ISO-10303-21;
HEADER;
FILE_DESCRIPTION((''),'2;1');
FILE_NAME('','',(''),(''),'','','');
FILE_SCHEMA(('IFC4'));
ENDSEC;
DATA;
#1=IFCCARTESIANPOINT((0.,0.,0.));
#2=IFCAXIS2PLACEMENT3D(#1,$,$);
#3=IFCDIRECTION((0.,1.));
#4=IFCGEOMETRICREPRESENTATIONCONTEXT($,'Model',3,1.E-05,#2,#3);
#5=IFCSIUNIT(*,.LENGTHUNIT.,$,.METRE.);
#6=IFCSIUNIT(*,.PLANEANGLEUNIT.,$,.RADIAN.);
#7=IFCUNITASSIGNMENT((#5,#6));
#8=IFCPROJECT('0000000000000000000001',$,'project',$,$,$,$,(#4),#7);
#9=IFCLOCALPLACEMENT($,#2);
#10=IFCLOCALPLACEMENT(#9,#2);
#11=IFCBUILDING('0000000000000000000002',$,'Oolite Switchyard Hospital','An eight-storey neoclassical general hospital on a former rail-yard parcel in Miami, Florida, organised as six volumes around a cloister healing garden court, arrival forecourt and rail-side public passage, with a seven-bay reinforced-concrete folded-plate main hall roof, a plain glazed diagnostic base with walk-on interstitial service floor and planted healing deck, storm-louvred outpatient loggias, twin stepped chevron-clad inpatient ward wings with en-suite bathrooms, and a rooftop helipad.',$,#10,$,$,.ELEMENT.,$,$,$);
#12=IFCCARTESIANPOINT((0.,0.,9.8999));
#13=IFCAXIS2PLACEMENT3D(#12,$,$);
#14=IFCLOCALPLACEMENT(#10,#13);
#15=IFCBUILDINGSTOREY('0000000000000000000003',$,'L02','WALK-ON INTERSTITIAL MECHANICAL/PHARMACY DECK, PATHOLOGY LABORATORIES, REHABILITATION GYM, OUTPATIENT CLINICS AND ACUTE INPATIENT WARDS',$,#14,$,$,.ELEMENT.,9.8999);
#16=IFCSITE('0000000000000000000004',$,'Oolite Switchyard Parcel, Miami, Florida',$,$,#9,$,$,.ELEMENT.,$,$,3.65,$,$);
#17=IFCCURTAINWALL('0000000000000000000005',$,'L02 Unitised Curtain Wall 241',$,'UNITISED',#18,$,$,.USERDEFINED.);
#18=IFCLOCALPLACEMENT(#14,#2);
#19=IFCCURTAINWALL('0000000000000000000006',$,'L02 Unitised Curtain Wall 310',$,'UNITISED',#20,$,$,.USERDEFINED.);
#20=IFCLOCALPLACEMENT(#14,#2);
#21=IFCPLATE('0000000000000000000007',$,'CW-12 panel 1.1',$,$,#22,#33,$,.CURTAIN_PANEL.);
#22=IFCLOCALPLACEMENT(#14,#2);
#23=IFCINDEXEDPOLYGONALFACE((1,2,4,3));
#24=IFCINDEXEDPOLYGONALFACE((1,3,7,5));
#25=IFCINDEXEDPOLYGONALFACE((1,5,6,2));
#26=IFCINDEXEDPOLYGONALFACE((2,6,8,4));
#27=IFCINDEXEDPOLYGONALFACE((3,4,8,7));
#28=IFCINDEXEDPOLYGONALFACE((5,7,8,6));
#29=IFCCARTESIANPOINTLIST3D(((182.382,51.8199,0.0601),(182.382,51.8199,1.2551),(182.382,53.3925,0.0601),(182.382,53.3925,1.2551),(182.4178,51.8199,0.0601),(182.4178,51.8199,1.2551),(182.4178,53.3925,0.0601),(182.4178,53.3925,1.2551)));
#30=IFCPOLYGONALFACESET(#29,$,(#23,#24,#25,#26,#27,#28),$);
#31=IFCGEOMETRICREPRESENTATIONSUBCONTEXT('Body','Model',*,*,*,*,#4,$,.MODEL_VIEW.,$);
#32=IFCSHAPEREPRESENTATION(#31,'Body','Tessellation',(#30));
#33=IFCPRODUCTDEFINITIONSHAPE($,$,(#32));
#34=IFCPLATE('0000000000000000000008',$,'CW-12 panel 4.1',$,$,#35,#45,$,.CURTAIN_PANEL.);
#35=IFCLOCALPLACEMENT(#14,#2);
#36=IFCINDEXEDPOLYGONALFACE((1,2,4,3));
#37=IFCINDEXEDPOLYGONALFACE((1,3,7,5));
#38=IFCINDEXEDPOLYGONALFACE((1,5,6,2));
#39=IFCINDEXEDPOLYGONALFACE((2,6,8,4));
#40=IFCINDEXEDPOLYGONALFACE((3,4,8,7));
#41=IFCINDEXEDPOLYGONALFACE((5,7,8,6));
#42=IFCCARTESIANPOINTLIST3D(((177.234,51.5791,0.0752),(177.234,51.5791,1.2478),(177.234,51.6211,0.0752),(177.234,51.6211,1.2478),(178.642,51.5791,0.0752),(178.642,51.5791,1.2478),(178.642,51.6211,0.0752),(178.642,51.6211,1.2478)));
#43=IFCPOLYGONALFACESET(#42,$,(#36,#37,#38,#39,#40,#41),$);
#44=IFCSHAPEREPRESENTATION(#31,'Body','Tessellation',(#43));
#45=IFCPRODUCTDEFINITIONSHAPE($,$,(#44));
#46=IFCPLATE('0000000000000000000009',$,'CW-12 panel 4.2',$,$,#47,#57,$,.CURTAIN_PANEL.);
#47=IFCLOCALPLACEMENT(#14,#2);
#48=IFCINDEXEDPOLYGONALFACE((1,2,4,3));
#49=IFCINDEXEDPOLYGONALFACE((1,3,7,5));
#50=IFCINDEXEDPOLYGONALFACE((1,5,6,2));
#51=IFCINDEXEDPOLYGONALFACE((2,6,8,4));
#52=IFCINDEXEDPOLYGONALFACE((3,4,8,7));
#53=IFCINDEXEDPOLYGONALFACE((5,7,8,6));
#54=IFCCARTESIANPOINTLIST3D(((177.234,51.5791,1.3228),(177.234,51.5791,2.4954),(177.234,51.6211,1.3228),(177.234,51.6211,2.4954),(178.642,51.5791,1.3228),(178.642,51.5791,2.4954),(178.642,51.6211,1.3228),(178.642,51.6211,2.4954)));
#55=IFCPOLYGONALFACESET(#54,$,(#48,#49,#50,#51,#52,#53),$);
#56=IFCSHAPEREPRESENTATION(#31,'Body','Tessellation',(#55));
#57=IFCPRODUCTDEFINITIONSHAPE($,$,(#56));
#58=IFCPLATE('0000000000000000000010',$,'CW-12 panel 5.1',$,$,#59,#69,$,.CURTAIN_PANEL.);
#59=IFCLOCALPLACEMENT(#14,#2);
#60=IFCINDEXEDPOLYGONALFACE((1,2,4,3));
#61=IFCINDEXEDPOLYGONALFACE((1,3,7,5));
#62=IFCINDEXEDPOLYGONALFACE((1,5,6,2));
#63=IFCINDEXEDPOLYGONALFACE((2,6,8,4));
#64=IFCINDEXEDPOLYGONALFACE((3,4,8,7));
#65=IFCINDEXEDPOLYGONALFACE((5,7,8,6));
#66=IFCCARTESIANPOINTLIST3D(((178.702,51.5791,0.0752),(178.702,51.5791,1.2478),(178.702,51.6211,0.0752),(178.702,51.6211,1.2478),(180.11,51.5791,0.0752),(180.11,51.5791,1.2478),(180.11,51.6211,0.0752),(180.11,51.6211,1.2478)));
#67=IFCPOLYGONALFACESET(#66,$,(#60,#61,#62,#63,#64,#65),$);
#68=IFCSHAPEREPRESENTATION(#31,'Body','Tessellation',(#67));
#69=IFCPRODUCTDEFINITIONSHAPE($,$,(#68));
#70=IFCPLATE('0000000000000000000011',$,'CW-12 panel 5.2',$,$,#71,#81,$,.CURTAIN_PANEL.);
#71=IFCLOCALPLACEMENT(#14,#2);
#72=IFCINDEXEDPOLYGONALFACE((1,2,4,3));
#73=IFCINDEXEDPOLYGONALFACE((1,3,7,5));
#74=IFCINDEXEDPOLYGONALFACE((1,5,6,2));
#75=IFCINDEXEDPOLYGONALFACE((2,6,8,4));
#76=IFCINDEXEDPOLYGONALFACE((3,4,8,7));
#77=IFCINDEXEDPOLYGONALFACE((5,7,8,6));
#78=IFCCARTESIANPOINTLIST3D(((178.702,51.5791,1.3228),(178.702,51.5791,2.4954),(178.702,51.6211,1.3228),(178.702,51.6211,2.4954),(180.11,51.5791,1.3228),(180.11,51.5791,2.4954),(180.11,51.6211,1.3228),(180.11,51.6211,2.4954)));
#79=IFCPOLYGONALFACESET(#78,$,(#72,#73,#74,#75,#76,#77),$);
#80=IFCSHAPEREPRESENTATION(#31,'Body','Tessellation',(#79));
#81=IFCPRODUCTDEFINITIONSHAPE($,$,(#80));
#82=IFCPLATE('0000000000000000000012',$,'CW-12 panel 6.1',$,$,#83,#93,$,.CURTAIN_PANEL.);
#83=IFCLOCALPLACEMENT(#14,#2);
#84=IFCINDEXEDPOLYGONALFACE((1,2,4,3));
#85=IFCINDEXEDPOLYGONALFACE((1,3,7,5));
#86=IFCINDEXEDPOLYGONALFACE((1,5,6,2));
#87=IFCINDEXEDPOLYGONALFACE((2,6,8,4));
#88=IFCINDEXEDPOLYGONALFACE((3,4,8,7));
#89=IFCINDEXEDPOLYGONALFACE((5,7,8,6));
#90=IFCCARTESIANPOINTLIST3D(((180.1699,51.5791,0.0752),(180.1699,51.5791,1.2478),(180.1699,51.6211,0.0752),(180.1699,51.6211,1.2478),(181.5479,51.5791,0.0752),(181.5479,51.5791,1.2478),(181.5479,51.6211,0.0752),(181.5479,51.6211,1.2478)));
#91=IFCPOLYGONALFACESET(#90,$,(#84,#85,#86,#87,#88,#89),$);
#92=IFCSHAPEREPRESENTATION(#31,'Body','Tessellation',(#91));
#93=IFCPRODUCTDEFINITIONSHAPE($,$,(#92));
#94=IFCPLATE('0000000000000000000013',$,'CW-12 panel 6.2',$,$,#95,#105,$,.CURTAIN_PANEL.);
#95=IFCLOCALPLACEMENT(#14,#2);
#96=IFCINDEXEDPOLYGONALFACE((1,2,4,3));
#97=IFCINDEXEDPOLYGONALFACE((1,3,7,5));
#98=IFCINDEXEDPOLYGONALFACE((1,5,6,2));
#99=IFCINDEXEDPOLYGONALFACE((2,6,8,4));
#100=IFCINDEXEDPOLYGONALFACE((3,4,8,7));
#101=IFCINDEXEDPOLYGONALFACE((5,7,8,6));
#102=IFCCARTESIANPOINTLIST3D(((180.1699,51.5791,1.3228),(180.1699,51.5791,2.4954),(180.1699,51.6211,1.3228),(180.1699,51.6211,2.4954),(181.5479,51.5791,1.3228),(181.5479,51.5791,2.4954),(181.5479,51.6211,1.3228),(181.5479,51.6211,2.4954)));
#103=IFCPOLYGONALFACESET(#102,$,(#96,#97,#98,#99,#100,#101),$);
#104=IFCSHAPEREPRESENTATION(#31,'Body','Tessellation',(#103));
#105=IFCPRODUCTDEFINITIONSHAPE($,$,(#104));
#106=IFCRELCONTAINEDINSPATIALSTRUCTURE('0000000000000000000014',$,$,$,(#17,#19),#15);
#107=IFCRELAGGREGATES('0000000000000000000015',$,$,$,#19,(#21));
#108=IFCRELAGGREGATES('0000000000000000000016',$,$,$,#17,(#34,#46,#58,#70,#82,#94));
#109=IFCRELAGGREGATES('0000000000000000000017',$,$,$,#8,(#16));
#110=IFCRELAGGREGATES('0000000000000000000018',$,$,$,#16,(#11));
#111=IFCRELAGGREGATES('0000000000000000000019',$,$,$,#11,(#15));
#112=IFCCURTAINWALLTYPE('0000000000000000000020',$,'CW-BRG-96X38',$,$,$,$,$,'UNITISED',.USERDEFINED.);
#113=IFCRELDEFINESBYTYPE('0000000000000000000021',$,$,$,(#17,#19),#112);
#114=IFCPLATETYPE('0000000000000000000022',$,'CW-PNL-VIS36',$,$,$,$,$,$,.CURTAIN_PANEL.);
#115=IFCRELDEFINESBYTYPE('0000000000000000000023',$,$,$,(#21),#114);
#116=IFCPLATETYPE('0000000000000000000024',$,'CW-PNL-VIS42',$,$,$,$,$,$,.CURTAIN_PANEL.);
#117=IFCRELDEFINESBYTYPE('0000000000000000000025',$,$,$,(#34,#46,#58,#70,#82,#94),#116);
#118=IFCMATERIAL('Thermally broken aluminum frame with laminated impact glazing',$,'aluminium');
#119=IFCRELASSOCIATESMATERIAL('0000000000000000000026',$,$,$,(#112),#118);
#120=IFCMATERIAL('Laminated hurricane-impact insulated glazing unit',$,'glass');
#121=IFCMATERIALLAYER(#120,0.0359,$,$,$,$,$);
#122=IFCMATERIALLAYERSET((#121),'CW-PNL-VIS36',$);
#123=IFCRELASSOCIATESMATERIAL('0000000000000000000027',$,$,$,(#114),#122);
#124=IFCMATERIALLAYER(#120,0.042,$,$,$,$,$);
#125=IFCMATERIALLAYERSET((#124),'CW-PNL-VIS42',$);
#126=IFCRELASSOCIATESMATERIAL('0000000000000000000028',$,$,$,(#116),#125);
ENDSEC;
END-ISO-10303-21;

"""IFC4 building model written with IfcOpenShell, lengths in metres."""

from ifc_helpers import new_model, si_unit, direction, frame, origin, origin_2d, place, context, subcontext, project, spatial, rectangle, extrude, material, layer, layer_set, type_object, element, aggregate, save


model = new_model("IFC4")

# Units and contexts
model_context = context("Model", 3, precision=1e-05, world=origin(), true_north=direction((0.0, 1.0)))
body_context = subcontext(model_context, "Body", "Model", "MODEL_VIEW")
ifc_project = project(units=[si_unit("LENGTHUNIT", "METRE"), si_unit("PLANEANGLEUNIT", "RADIAN")], contexts=[model_context])

# Site, building, storey
site_placement = place(None, origin())
site = spatial("IfcSite", under=ifc_project, at=site_placement, Name="Oolite Switchyard Parcel, Miami, Florida", CompositionType="ELEMENT", RefElevation=3.65)
building_placement = place(site_placement, origin())
building = spatial("IfcBuilding", under=site, at=building_placement, Name="Oolite Switchyard Hospital", Description="An eight-storey neoclassical general hospital on a former rail-yard parcel in Miami, Florida, organised as six volumes around a cloister healing garden court, arrival forecourt and rail-side public passage, with a seven-bay reinforced-concrete folded-plate main hall roof, a plain glazed diagnostic base with walk-on interstitial service floor and planted healing deck, storm-louvred outpatient loggias, twin stepped chevron-clad inpatient ward wings with en-suite bathrooms, and a rooftop helipad.", CompositionType="ELEMENT")
storey_placement = place(building_placement, frame((0.0, 0.0, 9.8999)))
storey = spatial("IfcBuildingStorey", under=building, at=storey_placement, Name="L02", Description="WALK-ON INTERSTITIAL MECHANICAL/PHARMACY DECK, PATHOLOGY LABORATORIES, REHABILITATION GYM, OUTPATIENT CLINICS AND ACUTE INPATIENT WARDS", CompositionType="ELEMENT", Elevation=9.8999)

# Curtain walls
ifc_material_1 = material(Name="Thermally broken aluminum frame with laminated impact glazing", Category="aluminium")
curtain_wall_type = type_object("IfcCurtainWallType", Name="CW-BRG-96X38", ElementType="UNITISED", PredefinedType="USERDEFINED", material=ifc_material_1)
curtain_wall_1_placement = place(storey_placement, origin())
curtain_wall_1 = element("IfcCurtainWall", 1, at=curtain_wall_1_placement, inside=storey, type_object=curtain_wall_type, Name="L02 Unitised Curtain Wall 241", ObjectType="UNITISED", PredefinedType="USERDEFINED")
curtain_wall_2_placement = place(storey_placement, origin())
curtain_wall_2 = element("IfcCurtainWall", 2, at=curtain_wall_2_placement, inside=storey, type_object=curtain_wall_type, Name="L02 Unitised Curtain Wall 310", ObjectType="UNITISED", PredefinedType="USERDEFINED")

# Plates
ifc_material_2 = material(Name="Laminated hurricane-impact insulated glazing unit", Category="glass")
ifc_layer_1 = layer(ifc_material_2, 0.0359)
ifc_layer_set_1 = layer_set([ifc_layer_1], Name="CW-PNL-VIS36")
plate_type_1 = type_object("IfcPlateType", Name="CW-PNL-VIS36", PredefinedType="CURTAIN_PANEL", material=ifc_layer_set_1)
plate_1_placement = place(storey_placement, frame((182.3999, 52.6062, 0.0601), z_axis=(0.0, 0.0, 1.0), x_axis=(0.0, 1.0, 0.0)))
plate_1 = element("IfcPlate", 3, at=plate_1_placement, type_object=plate_type_1, Name="CW-12 panel 1.1", PredefinedType="CURTAIN_PANEL", context=body_context, shape_type="SweptSolid", body=[
    extrude(rectangle(XDim=1.5725, YDim=0.0359, at=origin_2d()), origin(), (0.0, 0.0, 1.0), 1.1951),
])
aggregate(curtain_wall_2, [plate_1])
ifc_layer_2 = layer(ifc_material_2, 0.042)
ifc_layer_set_2 = layer_set([ifc_layer_2], Name="CW-PNL-VIS42")
plate_type_2 = type_object("IfcPlateType", Name="CW-PNL-VIS42", PredefinedType="CURTAIN_PANEL", material=ifc_layer_set_2)
plate_2_placement = place(storey_placement, frame((177.938, 51.6001, 0.0752), z_axis=(0.0, 0.0, 1.0), x_axis=(1.0, 0.0, 0.0)))
plate_2 = element("IfcPlate", 4, at=plate_2_placement, type_object=plate_type_2, Name="CW-12 panel 4.1", PredefinedType="CURTAIN_PANEL", context=body_context, shape_type="SweptSolid", body=[
    extrude(rectangle(XDim=1.408, YDim=0.042, at=origin_2d()), origin(), (0.0, 0.0, 1.0), 1.1726),
])
plate_3_placement = place(storey_placement, frame((177.938, 51.6001, 1.3228), z_axis=(0.0, 0.0, 1.0), x_axis=(1.0, 0.0, 0.0)))
plate_3 = element("IfcPlate", 5, at=plate_3_placement, type_object=plate_type_2, Name="CW-12 panel 4.2", PredefinedType="CURTAIN_PANEL", context=body_context, shape_type="SweptSolid", body=[
    extrude(rectangle(XDim=1.408, YDim=0.042, at=origin_2d()), origin(), (0.0, 0.0, 1.0), 1.1726),
])
plate_4_placement = place(storey_placement, frame((179.406, 51.6001, 0.0752), z_axis=(0.0, 0.0, 1.0), x_axis=(1.0, 0.0, 0.0)))
plate_4 = element("IfcPlate", 6, at=plate_4_placement, type_object=plate_type_2, Name="CW-12 panel 5.1", PredefinedType="CURTAIN_PANEL", context=body_context, shape_type="SweptSolid", body=[
    extrude(rectangle(XDim=1.408, YDim=0.042, at=origin_2d()), origin(), (0.0, 0.0, 1.0), 1.1726),
])
plate_5_placement = place(storey_placement, frame((179.406, 51.6001, 1.3228), z_axis=(0.0, 0.0, 1.0), x_axis=(1.0, 0.0, 0.0)))
plate_5 = element("IfcPlate", 7, at=plate_5_placement, type_object=plate_type_2, Name="CW-12 panel 5.2", PredefinedType="CURTAIN_PANEL", context=body_context, shape_type="SweptSolid", body=[
    extrude(rectangle(XDim=1.408, YDim=0.042, at=origin_2d()), origin(), (0.0, 0.0, 1.0), 1.1726),
])
plate_6_placement = place(storey_placement, frame((180.8589, 51.6001, 0.0752), z_axis=(0.0, 0.0, 1.0), x_axis=(1.0, 0.0, 0.0)))
plate_6 = element("IfcPlate", 8, at=plate_6_placement, type_object=plate_type_2, Name="CW-12 panel 6.1", PredefinedType="CURTAIN_PANEL", context=body_context, shape_type="SweptSolid", body=[
    extrude(rectangle(XDim=1.3779, YDim=0.042, at=origin_2d()), origin(), (0.0, 0.0, 1.0), 1.1726),
])
plate_7_placement = place(storey_placement, frame((180.8589, 51.6001, 1.3228), z_axis=(0.0, 0.0, 1.0), x_axis=(1.0, 0.0, 0.0)))
plate_7 = element("IfcPlate", 9, at=plate_7_placement, type_object=plate_type_2, Name="CW-12 panel 6.2", PredefinedType="CURTAIN_PANEL", context=body_context, shape_type="SweptSolid", body=[
    extrude(rectangle(XDim=1.3779, YDim=0.042, at=origin_2d()), origin(), (0.0, 0.0, 1.0), 1.1726),
])
aggregate(curtain_wall_1, [plate_2, plate_3, plate_4, plate_5, plate_6, plate_7])

save(model, "model.ifc")
